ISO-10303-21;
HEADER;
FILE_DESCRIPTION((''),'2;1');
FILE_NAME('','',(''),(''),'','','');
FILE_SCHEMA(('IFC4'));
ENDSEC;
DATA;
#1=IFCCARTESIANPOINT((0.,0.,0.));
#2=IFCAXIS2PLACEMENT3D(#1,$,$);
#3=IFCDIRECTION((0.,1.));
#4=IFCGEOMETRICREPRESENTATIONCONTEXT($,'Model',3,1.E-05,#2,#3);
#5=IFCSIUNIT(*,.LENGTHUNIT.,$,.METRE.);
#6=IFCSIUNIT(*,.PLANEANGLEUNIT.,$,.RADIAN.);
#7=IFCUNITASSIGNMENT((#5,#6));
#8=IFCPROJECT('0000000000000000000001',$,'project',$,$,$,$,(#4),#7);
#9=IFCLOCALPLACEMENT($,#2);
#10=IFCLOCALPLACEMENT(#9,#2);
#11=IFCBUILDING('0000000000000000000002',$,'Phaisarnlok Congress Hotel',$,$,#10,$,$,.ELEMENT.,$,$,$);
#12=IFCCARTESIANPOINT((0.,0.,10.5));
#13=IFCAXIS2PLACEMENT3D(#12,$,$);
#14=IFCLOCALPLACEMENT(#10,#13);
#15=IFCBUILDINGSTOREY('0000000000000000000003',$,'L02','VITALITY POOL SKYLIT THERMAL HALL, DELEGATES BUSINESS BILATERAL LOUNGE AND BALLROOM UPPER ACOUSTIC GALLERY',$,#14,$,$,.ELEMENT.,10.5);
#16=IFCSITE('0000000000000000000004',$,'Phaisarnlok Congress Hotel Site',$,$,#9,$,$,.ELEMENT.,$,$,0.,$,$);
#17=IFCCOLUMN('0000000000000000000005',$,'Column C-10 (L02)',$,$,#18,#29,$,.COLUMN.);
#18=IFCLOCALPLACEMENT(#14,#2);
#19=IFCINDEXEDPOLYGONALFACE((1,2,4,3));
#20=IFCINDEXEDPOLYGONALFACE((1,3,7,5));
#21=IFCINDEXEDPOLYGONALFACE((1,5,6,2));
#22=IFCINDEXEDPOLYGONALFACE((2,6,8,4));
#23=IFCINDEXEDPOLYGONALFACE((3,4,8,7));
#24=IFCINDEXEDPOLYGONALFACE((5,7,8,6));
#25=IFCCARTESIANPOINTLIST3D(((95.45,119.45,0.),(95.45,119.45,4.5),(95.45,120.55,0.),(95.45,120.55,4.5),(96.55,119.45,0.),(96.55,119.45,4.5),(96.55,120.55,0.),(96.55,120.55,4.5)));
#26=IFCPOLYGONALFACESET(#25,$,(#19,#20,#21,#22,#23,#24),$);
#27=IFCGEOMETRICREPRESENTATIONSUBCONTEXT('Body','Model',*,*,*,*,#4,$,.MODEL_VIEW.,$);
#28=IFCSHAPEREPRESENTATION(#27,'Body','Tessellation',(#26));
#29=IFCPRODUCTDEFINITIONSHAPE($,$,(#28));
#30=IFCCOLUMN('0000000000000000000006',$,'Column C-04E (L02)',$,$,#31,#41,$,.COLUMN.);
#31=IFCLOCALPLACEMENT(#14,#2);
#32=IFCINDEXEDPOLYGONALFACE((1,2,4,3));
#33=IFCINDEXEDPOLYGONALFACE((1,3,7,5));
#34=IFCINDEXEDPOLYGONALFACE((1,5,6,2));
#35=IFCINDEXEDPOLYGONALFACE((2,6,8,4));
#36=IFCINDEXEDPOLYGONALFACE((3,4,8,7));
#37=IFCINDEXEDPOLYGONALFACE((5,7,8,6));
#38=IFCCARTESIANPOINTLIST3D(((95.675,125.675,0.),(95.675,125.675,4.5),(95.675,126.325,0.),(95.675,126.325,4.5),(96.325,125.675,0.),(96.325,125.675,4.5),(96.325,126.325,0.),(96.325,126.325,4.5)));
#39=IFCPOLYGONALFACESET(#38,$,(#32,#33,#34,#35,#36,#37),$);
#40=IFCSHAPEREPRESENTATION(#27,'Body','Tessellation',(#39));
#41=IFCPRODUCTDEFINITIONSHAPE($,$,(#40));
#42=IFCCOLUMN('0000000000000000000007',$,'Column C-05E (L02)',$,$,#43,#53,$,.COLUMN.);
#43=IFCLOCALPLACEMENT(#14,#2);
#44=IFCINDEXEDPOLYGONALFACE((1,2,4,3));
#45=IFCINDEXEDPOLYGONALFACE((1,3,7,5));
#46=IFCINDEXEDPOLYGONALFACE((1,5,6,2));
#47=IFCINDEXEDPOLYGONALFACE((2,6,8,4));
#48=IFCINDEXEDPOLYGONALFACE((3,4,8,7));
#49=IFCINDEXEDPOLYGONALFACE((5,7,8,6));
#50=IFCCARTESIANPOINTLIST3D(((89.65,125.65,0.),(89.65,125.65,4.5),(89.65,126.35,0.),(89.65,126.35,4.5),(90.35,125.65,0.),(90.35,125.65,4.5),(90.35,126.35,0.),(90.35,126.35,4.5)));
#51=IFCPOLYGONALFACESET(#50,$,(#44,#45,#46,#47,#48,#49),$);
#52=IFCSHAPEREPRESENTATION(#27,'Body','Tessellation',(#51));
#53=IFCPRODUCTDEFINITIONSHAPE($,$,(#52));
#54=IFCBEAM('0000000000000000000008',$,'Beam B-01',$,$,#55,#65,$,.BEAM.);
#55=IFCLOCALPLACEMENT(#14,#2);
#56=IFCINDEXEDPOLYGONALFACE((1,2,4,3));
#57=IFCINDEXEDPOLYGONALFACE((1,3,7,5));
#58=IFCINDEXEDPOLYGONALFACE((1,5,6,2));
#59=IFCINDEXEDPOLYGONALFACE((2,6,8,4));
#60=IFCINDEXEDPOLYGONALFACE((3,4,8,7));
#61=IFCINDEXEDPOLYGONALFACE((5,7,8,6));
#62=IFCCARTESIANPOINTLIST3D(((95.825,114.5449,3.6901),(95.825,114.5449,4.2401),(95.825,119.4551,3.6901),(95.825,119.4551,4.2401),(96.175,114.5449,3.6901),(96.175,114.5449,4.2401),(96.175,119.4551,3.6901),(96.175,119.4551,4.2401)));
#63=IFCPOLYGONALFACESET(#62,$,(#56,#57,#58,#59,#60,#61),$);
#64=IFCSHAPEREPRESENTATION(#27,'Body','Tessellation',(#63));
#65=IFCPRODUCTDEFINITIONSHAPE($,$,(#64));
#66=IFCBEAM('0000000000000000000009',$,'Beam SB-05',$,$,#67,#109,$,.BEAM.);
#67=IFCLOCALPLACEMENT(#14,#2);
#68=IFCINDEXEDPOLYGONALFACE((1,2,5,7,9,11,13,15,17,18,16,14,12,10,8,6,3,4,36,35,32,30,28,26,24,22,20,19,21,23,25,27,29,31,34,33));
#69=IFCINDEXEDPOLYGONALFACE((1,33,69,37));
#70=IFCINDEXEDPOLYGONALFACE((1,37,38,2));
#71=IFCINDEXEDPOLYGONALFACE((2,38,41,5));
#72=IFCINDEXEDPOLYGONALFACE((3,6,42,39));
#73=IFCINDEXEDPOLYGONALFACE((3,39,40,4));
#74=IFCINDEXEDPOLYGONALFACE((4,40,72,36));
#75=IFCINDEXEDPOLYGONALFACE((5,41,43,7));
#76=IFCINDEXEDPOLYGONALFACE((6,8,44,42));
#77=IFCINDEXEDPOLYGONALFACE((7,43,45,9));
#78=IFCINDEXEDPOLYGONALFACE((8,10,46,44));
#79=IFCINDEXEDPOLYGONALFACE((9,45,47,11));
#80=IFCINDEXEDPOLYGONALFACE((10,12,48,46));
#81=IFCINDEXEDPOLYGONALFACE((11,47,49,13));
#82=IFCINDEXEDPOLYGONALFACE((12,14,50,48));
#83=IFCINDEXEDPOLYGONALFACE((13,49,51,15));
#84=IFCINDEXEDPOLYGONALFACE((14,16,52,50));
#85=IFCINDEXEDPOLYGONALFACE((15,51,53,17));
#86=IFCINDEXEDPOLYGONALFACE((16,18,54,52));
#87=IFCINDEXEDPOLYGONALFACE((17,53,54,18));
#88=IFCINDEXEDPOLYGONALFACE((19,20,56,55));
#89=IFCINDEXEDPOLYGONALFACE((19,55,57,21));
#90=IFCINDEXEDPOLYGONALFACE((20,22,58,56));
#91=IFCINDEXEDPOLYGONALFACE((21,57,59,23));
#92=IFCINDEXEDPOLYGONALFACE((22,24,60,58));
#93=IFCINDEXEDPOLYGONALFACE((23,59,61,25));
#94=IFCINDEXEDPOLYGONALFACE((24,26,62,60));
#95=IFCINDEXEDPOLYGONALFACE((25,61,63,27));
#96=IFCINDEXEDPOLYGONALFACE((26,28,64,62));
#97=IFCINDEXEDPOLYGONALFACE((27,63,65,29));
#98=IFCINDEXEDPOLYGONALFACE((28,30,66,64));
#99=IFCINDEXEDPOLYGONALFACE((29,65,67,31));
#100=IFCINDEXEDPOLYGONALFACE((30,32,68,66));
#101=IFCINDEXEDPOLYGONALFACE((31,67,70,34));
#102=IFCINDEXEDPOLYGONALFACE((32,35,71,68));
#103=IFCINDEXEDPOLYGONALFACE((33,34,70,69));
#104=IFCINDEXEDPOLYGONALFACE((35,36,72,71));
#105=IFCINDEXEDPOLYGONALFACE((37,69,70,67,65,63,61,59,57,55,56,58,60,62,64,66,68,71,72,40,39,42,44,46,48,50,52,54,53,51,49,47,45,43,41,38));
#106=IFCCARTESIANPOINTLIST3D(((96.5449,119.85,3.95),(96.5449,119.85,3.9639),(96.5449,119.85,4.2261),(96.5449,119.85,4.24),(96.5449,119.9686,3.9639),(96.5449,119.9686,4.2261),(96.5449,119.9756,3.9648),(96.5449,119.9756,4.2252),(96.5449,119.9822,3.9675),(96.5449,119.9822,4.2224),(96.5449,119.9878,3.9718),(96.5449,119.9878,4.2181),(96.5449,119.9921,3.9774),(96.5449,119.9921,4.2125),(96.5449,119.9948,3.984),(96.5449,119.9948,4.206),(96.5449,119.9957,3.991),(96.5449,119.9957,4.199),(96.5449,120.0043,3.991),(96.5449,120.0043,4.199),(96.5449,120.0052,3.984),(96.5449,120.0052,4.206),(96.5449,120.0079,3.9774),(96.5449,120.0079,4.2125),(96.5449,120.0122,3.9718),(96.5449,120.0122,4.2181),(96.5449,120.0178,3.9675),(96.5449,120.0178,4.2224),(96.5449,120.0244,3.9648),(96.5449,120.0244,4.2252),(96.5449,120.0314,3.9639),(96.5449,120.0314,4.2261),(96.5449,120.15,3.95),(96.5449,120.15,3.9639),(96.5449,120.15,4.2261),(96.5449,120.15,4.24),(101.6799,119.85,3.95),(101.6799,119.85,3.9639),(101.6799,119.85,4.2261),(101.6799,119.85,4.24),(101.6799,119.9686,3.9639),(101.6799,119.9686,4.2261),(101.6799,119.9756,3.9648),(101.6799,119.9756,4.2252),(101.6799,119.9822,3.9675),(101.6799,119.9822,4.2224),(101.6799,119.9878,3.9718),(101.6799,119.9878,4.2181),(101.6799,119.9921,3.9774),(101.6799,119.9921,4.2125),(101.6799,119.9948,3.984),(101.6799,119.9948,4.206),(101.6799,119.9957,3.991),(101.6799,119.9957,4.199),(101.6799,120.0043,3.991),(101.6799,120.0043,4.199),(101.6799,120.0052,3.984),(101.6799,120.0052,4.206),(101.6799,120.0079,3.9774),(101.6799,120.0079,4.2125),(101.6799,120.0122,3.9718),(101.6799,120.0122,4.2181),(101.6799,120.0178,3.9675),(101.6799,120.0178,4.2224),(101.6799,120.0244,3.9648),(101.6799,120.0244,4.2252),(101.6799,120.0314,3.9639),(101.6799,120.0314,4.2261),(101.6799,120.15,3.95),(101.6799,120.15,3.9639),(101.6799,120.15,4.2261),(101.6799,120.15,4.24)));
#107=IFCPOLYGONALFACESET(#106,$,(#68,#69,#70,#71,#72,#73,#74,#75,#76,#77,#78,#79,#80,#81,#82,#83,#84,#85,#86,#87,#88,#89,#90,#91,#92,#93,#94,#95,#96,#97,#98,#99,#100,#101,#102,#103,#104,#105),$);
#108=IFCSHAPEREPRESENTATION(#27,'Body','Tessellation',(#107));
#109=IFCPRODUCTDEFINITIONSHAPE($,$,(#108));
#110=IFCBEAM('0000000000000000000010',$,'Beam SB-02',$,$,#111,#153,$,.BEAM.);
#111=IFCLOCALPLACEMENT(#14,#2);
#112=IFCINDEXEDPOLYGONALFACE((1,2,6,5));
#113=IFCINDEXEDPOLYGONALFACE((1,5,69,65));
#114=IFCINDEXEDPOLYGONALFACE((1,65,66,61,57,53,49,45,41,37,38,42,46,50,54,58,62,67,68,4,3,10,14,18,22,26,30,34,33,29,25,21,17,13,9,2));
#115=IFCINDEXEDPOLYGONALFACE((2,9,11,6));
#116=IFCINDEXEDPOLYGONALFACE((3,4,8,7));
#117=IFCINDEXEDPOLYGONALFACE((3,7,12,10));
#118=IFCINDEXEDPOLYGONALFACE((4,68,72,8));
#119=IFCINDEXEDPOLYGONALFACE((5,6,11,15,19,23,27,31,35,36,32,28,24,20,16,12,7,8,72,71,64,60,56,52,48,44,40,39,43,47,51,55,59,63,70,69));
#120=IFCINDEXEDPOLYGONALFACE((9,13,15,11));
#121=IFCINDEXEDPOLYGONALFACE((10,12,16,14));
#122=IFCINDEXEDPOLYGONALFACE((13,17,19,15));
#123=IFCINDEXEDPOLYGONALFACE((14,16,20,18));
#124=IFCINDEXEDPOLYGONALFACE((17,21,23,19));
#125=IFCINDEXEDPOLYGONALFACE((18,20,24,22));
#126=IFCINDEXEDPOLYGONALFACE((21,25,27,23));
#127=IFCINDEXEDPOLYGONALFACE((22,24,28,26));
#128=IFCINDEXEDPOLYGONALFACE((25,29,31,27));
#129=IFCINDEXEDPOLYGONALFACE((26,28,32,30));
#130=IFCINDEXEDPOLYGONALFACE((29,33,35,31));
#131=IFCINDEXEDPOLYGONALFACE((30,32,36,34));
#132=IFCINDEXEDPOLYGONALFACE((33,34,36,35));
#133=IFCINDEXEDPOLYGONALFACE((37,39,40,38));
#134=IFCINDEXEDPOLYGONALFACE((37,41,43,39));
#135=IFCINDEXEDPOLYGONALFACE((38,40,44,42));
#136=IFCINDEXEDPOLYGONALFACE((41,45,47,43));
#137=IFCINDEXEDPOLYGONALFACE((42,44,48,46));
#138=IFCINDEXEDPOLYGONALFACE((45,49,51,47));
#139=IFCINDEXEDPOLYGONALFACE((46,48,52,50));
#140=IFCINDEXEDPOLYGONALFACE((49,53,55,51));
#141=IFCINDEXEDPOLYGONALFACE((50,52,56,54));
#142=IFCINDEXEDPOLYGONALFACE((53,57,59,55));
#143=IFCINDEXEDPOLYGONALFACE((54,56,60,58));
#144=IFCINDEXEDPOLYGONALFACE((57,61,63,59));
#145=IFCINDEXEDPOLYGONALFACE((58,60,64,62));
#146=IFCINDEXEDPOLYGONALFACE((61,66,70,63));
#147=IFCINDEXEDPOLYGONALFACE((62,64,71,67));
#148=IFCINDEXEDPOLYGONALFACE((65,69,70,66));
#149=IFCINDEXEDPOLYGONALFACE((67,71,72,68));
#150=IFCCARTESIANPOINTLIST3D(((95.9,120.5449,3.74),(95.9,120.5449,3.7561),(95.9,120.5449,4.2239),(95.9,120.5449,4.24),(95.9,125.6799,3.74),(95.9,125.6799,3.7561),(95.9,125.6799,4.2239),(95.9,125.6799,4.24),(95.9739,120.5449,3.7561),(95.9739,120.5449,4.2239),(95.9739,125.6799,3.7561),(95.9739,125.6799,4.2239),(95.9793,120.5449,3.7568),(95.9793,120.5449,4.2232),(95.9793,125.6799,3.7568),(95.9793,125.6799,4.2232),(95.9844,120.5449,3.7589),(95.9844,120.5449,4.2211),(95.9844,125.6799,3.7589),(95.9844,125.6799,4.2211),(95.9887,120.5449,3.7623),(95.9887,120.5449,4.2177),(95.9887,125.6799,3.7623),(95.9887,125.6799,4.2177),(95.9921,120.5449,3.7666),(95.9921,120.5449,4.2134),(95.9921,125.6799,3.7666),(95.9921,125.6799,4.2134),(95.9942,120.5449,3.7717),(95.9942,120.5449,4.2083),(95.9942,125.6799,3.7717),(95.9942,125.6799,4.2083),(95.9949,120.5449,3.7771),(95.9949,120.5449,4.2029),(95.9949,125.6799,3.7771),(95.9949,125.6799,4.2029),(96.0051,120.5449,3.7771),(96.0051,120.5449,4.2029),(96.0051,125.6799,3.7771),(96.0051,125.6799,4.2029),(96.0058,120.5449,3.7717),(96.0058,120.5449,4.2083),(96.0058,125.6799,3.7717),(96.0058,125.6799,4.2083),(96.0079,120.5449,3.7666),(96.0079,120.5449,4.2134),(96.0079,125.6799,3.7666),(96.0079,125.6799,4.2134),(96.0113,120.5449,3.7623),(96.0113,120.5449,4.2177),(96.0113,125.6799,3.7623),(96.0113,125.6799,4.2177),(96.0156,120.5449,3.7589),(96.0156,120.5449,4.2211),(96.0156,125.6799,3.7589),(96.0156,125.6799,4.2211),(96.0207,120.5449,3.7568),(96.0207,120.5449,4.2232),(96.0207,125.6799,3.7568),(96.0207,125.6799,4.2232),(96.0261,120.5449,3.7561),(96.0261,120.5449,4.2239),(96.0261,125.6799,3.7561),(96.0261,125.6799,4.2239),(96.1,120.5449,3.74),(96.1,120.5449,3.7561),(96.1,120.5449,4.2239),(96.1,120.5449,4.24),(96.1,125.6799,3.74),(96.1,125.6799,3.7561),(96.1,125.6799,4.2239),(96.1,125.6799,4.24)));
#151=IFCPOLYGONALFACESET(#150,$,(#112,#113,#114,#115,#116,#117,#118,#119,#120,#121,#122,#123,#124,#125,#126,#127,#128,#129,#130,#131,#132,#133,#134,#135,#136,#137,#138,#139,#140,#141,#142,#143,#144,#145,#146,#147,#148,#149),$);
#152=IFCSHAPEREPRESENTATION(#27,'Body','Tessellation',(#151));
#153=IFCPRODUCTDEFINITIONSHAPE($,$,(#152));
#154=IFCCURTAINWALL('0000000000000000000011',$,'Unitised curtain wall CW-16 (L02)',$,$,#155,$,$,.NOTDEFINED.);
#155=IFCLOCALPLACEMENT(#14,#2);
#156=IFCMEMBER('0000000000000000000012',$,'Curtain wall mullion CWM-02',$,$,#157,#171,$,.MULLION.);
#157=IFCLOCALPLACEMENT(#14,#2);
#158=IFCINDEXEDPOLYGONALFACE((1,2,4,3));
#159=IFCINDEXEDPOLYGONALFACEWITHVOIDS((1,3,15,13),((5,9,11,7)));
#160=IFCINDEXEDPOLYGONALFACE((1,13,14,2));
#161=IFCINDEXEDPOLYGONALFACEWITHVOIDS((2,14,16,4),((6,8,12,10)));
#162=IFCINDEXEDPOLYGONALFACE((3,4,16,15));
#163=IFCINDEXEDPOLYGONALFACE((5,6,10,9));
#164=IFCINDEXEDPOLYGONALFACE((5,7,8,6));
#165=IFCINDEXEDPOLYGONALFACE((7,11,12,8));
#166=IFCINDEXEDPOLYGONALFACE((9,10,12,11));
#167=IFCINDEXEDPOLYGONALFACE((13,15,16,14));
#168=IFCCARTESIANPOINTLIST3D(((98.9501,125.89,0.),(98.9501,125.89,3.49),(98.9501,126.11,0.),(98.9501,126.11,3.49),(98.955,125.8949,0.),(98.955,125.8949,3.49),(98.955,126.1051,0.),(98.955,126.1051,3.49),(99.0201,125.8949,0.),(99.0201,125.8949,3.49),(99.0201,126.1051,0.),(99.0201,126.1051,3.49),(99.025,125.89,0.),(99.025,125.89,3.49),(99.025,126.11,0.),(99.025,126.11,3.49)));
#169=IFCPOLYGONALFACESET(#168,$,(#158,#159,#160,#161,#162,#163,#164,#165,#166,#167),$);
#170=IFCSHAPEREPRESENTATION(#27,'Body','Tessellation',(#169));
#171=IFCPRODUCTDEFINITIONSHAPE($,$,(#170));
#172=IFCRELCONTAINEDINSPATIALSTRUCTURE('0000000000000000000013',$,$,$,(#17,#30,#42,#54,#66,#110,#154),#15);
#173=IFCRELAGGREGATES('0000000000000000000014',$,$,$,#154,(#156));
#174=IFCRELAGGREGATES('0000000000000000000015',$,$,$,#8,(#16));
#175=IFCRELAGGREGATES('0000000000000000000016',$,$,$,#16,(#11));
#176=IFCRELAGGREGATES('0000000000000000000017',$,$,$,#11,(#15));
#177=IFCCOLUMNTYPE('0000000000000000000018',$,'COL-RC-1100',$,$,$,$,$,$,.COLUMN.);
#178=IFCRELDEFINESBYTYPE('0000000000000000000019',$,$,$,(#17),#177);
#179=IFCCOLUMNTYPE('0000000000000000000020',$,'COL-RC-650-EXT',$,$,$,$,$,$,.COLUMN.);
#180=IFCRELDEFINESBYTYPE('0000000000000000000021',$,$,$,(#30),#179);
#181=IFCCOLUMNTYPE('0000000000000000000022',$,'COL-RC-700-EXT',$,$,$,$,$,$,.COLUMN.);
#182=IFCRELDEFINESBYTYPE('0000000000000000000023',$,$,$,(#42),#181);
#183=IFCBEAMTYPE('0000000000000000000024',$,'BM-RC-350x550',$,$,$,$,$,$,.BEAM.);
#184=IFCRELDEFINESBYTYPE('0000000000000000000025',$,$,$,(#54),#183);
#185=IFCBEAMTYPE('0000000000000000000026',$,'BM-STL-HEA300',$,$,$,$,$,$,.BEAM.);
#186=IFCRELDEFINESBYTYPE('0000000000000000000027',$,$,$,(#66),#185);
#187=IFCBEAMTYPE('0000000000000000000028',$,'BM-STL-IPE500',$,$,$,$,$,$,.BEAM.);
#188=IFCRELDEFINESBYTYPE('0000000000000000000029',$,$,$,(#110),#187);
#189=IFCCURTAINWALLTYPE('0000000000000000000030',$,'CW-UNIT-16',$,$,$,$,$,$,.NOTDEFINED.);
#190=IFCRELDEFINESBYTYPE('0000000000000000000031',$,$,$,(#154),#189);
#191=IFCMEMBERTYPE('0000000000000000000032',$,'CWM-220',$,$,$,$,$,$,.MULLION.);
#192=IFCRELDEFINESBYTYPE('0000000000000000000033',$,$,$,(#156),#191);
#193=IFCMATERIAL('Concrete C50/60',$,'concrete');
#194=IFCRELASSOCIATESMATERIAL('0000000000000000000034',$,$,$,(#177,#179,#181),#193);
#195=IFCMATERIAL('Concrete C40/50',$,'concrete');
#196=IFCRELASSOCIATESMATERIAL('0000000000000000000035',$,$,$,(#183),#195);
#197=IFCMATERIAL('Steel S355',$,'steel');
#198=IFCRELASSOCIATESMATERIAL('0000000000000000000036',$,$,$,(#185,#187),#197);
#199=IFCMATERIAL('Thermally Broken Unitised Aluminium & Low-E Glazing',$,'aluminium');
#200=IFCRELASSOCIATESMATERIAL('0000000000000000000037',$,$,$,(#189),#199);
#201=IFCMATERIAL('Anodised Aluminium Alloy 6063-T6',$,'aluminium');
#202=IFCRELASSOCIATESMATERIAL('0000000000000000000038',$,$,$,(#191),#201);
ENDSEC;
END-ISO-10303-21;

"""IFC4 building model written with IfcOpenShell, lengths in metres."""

from ifc_helpers import new_model, si_unit, direction, frame, origin, origin_2d, place, context, subcontext, project, spatial, rectangle, hollow_rectangle, i_section, extrude, material, material_profile, profile_set, type_object, element, aggregate, save


model = new_model("IFC4")

# Units and contexts
model_context = context("Model", 3, precision=1e-05, world=origin(), true_north=direction((0.0, 1.0)))
body_context = subcontext(model_context, "Body", "Model", "MODEL_VIEW")
ifc_project = project(units=[si_unit("LENGTHUNIT", "METRE"), si_unit("PLANEANGLEUNIT", "RADIAN")], contexts=[model_context])

# Site, building, storey
site_placement = place(None, origin())
site = spatial("IfcSite", under=ifc_project, at=site_placement, Name="Phaisarnlok Congress Hotel Site", CompositionType="ELEMENT", RefElevation=0.0)
building_placement = place(site_placement, origin())
building = spatial("IfcBuilding", under=site, at=building_placement, Name="Phaisarnlok Congress Hotel", CompositionType="ELEMENT")
storey_placement = place(building_placement, frame((0.0, 0.0, 10.5)))
storey = spatial("IfcBuildingStorey", under=building, at=storey_placement, Name="L02", Description="VITALITY POOL SKYLIT THERMAL HALL, DELEGATES BUSINESS BILATERAL LOUNGE AND BALLROOM UPPER ACOUSTIC GALLERY", CompositionType="ELEMENT", Elevation=10.5)

# Columns
ifc_material_1 = material(Name="Concrete C50/60", Category="concrete")
ifc_material_profile_1 = material_profile(ifc_material_1, rectangle(XDim=1.1001, YDim=1.1001, at=origin_2d()), Name="RC 1100x1100")
ifc_profile_set_1 = profile_set([ifc_material_profile_1], Name="Concrete C50/60")
column_type_1 = type_object("IfcColumnType", Name="COL-RC-1100", PredefinedType="COLUMN", material=ifc_profile_set_1)
column_1_placement = place(storey_placement, frame((96.0, 120.0, 0.0), z_axis=(0.0, 0.0, 1.0), x_axis=(1.0, 0.0, 0.0)))
element("IfcColumn", 1, at=column_1_placement, inside=storey, type_object=column_type_1, Name="Column C-10 (L02)", PredefinedType="COLUMN", context=body_context, shape_type="SweptSolid", body=[
    extrude(rectangle(XDim=1.1001, YDim=1.1001, at=origin_2d()), origin(), (0.0, 0.0, 1.0), 4.5),
])
ifc_material_profile_2 = material_profile(ifc_material_1, rectangle(XDim=0.6499, YDim=0.6499, at=origin_2d()), Name="RC 650x650")
ifc_profile_set_2 = profile_set([ifc_material_profile_2], Name="Concrete C50/60")
column_type_2 = type_object("IfcColumnType", Name="COL-RC-650-EXT", PredefinedType="COLUMN", material=ifc_profile_set_2)
column_2_placement = place(storey_placement, frame((96.0, 126.0, 0.0), z_axis=(0.0, 0.0, 1.0), x_axis=(1.0, 0.0, 0.0)))
element("IfcColumn", 2, at=column_2_placement, inside=storey, type_object=column_type_2, Name="Column C-04E (L02)", PredefinedType="COLUMN", context=body_context, shape_type="SweptSolid", body=[
    extrude(rectangle(XDim=0.6499, YDim=0.6499, at=origin_2d()), origin(), (0.0, 0.0, 1.0), 4.5),
])
ifc_material_profile_3 = material_profile(ifc_material_1, rectangle(XDim=0.7, YDim=0.7, at=origin_2d()), Name="RC 700x700")
ifc_profile_set_3 = profile_set([ifc_material_profile_3], Name="Concrete C50/60")
column_type_3 = type_object("IfcColumnType", Name="COL-RC-700-EXT", PredefinedType="COLUMN", material=ifc_profile_set_3)
column_3_placement = place(storey_placement, frame((90.0, 126.0, 0.0), z_axis=(0.0, 0.0, 1.0), x_axis=(1.0, 0.0, 0.0)))
element("IfcColumn", 3, at=column_3_placement, inside=storey, type_object=column_type_3, Name="Column C-05E (L02)", PredefinedType="COLUMN", context=body_context, shape_type="SweptSolid", body=[
    extrude(rectangle(XDim=0.7, YDim=0.7, at=origin_2d()), origin(), (0.0, 0.0, 1.0), 4.5),
])

# Beams
ifc_material_2 = material(Name="Concrete C40/50", Category="concrete")
ifc_material_profile_4 = material_profile(ifc_material_2, rectangle(XDim=0.3501, YDim=0.55, at=origin_2d()), Name="RC 350x550")
ifc_profile_set_4 = profile_set([ifc_material_profile_4], Name="Concrete C40/50")
beam_type_1 = type_object("IfcBeamType", Name="BM-RC-350x550", PredefinedType="BEAM", material=ifc_profile_set_4)
beam_1_placement = place(storey_placement, frame((96.0, 114.5449, 3.9651), z_axis=(0.0, 1.0, 0.0), x_axis=(-1.0, 0.0, 0.0)))
element("IfcBeam", 4, at=beam_1_placement, inside=storey, type_object=beam_type_1, Name="Beam B-01", PredefinedType="BEAM", context=body_context, shape_type="SweptSolid", body=[
    extrude(rectangle(XDim=0.3501, YDim=0.55, at=origin_2d()), origin(), (0.0, 0.0, 1.0), 4.9102),
])
ifc_material_3 = material(Name="Steel S355", Category="steel")
ifc_material_profile_5 = material_profile(ifc_material_3, i_section(OverallWidth=0.3, OverallDepth=0.29, WebThickness=0.0085, FlangeThickness=0.0139, FilletRadius=0.0271, at=origin_2d()), Name="HEA 300")
ifc_profile_set_5 = profile_set([ifc_material_profile_5], Name="Steel S355")
beam_type_2 = type_object("IfcBeamType", Name="BM-STL-HEA300", PredefinedType="BEAM", material=ifc_profile_set_5)
beam_2_placement = place(storey_placement, frame((96.5449, 120.0, 4.095), z_axis=(1.0, 0.0, 0.0), x_axis=(0.0, 1.0, 0.0)))
element("IfcBeam", 5, at=beam_2_placement, inside=storey, type_object=beam_type_2, Name="Beam SB-05", PredefinedType="BEAM", context=body_context, shape_type="SweptSolid", body=[
    extrude(i_section(OverallWidth=0.3, OverallDepth=0.29, WebThickness=0.0085, FlangeThickness=0.0139, FilletRadius=0.0271, at=origin_2d()), origin(), (0.0, 0.0, 1.0), 5.135),
])
ifc_material_profile_6 = material_profile(ifc_material_3, i_section(OverallWidth=0.2, OverallDepth=0.5, WebThickness=0.0103, FlangeThickness=0.0161, FilletRadius=0.021, at=origin_2d()), Name="IPE 500")
ifc_profile_set_6 = profile_set([ifc_material_profile_6], Name="Steel S355")
beam_type_3 = type_object("IfcBeamType", Name="BM-STL-IPE500", PredefinedType="BEAM", material=ifc_profile_set_6)
beam_3_placement = place(storey_placement, frame((96.0, 120.5449, 3.99), z_axis=(0.0, 1.0, 0.0), x_axis=(-1.0, 0.0, 0.0)))
element("IfcBeam", 6, at=beam_3_placement, inside=storey, type_object=beam_type_3, Name="Beam SB-02", PredefinedType="BEAM", context=body_context, shape_type="SweptSolid", body=[
    extrude(i_section(OverallWidth=0.2, OverallDepth=0.5, WebThickness=0.0103, FlangeThickness=0.0161, FilletRadius=0.021, at=origin_2d()), origin(), (0.0, 0.0, 1.0), 5.135),
])

# Curtain wall, member
ifc_material_4 = material(Name="Thermally Broken Unitised Aluminium & Low-E Glazing", Category="aluminium")
curtain_wall_type_1 = type_object("IfcCurtainWallType", Name="CW-UNIT-16", PredefinedType="NOTDEFINED", material=ifc_material_4)
curtain_wall_1_placement = place(storey_placement, origin())
curtain_wall_1 = element("IfcCurtainWall", 7, at=curtain_wall_1_placement, inside=storey, type_object=curtain_wall_type_1, Name="Unitised curtain wall CW-16 (L02)", PredefinedType="NOTDEFINED")
ifc_material_5 = material(Name="Anodised Aluminium Alloy 6063-T6", Category="aluminium")
ifc_material_profile_7 = material_profile(ifc_material_5, hollow_rectangle(XDim=0.075, YDim=0.22, WallThickness=0.0049, at=origin_2d()), Name="ALU-M 75x220x5")
ifc_profile_set_7 = profile_set([ifc_material_profile_7], Name="Anodised Aluminium Alloy 6063-T6")
member_type_1 = type_object("IfcMemberType", Name="CWM-220", PredefinedType="MULLION", material=ifc_profile_set_7)
member_1_placement = place(storey_placement, frame((98.9875, 126.0, 0.0), z_axis=(0.0, 0.0, 1.0), x_axis=(-1.0, 0.0, 0.0)))
member_1 = element("IfcMember", 8, at=member_1_placement, type_object=member_type_1, Name="Curtain wall mullion CWM-02", PredefinedType="MULLION", context=body_context, shape_type="SweptSolid", body=[
    extrude(hollow_rectangle(XDim=0.075, YDim=0.22, WallThickness=0.0049, at=origin_2d()), origin(), (0.0, 0.0, 1.0), 3.49),
])

aggregate(curtain_wall_1, [member_1])

save(model, "model.ifc")
